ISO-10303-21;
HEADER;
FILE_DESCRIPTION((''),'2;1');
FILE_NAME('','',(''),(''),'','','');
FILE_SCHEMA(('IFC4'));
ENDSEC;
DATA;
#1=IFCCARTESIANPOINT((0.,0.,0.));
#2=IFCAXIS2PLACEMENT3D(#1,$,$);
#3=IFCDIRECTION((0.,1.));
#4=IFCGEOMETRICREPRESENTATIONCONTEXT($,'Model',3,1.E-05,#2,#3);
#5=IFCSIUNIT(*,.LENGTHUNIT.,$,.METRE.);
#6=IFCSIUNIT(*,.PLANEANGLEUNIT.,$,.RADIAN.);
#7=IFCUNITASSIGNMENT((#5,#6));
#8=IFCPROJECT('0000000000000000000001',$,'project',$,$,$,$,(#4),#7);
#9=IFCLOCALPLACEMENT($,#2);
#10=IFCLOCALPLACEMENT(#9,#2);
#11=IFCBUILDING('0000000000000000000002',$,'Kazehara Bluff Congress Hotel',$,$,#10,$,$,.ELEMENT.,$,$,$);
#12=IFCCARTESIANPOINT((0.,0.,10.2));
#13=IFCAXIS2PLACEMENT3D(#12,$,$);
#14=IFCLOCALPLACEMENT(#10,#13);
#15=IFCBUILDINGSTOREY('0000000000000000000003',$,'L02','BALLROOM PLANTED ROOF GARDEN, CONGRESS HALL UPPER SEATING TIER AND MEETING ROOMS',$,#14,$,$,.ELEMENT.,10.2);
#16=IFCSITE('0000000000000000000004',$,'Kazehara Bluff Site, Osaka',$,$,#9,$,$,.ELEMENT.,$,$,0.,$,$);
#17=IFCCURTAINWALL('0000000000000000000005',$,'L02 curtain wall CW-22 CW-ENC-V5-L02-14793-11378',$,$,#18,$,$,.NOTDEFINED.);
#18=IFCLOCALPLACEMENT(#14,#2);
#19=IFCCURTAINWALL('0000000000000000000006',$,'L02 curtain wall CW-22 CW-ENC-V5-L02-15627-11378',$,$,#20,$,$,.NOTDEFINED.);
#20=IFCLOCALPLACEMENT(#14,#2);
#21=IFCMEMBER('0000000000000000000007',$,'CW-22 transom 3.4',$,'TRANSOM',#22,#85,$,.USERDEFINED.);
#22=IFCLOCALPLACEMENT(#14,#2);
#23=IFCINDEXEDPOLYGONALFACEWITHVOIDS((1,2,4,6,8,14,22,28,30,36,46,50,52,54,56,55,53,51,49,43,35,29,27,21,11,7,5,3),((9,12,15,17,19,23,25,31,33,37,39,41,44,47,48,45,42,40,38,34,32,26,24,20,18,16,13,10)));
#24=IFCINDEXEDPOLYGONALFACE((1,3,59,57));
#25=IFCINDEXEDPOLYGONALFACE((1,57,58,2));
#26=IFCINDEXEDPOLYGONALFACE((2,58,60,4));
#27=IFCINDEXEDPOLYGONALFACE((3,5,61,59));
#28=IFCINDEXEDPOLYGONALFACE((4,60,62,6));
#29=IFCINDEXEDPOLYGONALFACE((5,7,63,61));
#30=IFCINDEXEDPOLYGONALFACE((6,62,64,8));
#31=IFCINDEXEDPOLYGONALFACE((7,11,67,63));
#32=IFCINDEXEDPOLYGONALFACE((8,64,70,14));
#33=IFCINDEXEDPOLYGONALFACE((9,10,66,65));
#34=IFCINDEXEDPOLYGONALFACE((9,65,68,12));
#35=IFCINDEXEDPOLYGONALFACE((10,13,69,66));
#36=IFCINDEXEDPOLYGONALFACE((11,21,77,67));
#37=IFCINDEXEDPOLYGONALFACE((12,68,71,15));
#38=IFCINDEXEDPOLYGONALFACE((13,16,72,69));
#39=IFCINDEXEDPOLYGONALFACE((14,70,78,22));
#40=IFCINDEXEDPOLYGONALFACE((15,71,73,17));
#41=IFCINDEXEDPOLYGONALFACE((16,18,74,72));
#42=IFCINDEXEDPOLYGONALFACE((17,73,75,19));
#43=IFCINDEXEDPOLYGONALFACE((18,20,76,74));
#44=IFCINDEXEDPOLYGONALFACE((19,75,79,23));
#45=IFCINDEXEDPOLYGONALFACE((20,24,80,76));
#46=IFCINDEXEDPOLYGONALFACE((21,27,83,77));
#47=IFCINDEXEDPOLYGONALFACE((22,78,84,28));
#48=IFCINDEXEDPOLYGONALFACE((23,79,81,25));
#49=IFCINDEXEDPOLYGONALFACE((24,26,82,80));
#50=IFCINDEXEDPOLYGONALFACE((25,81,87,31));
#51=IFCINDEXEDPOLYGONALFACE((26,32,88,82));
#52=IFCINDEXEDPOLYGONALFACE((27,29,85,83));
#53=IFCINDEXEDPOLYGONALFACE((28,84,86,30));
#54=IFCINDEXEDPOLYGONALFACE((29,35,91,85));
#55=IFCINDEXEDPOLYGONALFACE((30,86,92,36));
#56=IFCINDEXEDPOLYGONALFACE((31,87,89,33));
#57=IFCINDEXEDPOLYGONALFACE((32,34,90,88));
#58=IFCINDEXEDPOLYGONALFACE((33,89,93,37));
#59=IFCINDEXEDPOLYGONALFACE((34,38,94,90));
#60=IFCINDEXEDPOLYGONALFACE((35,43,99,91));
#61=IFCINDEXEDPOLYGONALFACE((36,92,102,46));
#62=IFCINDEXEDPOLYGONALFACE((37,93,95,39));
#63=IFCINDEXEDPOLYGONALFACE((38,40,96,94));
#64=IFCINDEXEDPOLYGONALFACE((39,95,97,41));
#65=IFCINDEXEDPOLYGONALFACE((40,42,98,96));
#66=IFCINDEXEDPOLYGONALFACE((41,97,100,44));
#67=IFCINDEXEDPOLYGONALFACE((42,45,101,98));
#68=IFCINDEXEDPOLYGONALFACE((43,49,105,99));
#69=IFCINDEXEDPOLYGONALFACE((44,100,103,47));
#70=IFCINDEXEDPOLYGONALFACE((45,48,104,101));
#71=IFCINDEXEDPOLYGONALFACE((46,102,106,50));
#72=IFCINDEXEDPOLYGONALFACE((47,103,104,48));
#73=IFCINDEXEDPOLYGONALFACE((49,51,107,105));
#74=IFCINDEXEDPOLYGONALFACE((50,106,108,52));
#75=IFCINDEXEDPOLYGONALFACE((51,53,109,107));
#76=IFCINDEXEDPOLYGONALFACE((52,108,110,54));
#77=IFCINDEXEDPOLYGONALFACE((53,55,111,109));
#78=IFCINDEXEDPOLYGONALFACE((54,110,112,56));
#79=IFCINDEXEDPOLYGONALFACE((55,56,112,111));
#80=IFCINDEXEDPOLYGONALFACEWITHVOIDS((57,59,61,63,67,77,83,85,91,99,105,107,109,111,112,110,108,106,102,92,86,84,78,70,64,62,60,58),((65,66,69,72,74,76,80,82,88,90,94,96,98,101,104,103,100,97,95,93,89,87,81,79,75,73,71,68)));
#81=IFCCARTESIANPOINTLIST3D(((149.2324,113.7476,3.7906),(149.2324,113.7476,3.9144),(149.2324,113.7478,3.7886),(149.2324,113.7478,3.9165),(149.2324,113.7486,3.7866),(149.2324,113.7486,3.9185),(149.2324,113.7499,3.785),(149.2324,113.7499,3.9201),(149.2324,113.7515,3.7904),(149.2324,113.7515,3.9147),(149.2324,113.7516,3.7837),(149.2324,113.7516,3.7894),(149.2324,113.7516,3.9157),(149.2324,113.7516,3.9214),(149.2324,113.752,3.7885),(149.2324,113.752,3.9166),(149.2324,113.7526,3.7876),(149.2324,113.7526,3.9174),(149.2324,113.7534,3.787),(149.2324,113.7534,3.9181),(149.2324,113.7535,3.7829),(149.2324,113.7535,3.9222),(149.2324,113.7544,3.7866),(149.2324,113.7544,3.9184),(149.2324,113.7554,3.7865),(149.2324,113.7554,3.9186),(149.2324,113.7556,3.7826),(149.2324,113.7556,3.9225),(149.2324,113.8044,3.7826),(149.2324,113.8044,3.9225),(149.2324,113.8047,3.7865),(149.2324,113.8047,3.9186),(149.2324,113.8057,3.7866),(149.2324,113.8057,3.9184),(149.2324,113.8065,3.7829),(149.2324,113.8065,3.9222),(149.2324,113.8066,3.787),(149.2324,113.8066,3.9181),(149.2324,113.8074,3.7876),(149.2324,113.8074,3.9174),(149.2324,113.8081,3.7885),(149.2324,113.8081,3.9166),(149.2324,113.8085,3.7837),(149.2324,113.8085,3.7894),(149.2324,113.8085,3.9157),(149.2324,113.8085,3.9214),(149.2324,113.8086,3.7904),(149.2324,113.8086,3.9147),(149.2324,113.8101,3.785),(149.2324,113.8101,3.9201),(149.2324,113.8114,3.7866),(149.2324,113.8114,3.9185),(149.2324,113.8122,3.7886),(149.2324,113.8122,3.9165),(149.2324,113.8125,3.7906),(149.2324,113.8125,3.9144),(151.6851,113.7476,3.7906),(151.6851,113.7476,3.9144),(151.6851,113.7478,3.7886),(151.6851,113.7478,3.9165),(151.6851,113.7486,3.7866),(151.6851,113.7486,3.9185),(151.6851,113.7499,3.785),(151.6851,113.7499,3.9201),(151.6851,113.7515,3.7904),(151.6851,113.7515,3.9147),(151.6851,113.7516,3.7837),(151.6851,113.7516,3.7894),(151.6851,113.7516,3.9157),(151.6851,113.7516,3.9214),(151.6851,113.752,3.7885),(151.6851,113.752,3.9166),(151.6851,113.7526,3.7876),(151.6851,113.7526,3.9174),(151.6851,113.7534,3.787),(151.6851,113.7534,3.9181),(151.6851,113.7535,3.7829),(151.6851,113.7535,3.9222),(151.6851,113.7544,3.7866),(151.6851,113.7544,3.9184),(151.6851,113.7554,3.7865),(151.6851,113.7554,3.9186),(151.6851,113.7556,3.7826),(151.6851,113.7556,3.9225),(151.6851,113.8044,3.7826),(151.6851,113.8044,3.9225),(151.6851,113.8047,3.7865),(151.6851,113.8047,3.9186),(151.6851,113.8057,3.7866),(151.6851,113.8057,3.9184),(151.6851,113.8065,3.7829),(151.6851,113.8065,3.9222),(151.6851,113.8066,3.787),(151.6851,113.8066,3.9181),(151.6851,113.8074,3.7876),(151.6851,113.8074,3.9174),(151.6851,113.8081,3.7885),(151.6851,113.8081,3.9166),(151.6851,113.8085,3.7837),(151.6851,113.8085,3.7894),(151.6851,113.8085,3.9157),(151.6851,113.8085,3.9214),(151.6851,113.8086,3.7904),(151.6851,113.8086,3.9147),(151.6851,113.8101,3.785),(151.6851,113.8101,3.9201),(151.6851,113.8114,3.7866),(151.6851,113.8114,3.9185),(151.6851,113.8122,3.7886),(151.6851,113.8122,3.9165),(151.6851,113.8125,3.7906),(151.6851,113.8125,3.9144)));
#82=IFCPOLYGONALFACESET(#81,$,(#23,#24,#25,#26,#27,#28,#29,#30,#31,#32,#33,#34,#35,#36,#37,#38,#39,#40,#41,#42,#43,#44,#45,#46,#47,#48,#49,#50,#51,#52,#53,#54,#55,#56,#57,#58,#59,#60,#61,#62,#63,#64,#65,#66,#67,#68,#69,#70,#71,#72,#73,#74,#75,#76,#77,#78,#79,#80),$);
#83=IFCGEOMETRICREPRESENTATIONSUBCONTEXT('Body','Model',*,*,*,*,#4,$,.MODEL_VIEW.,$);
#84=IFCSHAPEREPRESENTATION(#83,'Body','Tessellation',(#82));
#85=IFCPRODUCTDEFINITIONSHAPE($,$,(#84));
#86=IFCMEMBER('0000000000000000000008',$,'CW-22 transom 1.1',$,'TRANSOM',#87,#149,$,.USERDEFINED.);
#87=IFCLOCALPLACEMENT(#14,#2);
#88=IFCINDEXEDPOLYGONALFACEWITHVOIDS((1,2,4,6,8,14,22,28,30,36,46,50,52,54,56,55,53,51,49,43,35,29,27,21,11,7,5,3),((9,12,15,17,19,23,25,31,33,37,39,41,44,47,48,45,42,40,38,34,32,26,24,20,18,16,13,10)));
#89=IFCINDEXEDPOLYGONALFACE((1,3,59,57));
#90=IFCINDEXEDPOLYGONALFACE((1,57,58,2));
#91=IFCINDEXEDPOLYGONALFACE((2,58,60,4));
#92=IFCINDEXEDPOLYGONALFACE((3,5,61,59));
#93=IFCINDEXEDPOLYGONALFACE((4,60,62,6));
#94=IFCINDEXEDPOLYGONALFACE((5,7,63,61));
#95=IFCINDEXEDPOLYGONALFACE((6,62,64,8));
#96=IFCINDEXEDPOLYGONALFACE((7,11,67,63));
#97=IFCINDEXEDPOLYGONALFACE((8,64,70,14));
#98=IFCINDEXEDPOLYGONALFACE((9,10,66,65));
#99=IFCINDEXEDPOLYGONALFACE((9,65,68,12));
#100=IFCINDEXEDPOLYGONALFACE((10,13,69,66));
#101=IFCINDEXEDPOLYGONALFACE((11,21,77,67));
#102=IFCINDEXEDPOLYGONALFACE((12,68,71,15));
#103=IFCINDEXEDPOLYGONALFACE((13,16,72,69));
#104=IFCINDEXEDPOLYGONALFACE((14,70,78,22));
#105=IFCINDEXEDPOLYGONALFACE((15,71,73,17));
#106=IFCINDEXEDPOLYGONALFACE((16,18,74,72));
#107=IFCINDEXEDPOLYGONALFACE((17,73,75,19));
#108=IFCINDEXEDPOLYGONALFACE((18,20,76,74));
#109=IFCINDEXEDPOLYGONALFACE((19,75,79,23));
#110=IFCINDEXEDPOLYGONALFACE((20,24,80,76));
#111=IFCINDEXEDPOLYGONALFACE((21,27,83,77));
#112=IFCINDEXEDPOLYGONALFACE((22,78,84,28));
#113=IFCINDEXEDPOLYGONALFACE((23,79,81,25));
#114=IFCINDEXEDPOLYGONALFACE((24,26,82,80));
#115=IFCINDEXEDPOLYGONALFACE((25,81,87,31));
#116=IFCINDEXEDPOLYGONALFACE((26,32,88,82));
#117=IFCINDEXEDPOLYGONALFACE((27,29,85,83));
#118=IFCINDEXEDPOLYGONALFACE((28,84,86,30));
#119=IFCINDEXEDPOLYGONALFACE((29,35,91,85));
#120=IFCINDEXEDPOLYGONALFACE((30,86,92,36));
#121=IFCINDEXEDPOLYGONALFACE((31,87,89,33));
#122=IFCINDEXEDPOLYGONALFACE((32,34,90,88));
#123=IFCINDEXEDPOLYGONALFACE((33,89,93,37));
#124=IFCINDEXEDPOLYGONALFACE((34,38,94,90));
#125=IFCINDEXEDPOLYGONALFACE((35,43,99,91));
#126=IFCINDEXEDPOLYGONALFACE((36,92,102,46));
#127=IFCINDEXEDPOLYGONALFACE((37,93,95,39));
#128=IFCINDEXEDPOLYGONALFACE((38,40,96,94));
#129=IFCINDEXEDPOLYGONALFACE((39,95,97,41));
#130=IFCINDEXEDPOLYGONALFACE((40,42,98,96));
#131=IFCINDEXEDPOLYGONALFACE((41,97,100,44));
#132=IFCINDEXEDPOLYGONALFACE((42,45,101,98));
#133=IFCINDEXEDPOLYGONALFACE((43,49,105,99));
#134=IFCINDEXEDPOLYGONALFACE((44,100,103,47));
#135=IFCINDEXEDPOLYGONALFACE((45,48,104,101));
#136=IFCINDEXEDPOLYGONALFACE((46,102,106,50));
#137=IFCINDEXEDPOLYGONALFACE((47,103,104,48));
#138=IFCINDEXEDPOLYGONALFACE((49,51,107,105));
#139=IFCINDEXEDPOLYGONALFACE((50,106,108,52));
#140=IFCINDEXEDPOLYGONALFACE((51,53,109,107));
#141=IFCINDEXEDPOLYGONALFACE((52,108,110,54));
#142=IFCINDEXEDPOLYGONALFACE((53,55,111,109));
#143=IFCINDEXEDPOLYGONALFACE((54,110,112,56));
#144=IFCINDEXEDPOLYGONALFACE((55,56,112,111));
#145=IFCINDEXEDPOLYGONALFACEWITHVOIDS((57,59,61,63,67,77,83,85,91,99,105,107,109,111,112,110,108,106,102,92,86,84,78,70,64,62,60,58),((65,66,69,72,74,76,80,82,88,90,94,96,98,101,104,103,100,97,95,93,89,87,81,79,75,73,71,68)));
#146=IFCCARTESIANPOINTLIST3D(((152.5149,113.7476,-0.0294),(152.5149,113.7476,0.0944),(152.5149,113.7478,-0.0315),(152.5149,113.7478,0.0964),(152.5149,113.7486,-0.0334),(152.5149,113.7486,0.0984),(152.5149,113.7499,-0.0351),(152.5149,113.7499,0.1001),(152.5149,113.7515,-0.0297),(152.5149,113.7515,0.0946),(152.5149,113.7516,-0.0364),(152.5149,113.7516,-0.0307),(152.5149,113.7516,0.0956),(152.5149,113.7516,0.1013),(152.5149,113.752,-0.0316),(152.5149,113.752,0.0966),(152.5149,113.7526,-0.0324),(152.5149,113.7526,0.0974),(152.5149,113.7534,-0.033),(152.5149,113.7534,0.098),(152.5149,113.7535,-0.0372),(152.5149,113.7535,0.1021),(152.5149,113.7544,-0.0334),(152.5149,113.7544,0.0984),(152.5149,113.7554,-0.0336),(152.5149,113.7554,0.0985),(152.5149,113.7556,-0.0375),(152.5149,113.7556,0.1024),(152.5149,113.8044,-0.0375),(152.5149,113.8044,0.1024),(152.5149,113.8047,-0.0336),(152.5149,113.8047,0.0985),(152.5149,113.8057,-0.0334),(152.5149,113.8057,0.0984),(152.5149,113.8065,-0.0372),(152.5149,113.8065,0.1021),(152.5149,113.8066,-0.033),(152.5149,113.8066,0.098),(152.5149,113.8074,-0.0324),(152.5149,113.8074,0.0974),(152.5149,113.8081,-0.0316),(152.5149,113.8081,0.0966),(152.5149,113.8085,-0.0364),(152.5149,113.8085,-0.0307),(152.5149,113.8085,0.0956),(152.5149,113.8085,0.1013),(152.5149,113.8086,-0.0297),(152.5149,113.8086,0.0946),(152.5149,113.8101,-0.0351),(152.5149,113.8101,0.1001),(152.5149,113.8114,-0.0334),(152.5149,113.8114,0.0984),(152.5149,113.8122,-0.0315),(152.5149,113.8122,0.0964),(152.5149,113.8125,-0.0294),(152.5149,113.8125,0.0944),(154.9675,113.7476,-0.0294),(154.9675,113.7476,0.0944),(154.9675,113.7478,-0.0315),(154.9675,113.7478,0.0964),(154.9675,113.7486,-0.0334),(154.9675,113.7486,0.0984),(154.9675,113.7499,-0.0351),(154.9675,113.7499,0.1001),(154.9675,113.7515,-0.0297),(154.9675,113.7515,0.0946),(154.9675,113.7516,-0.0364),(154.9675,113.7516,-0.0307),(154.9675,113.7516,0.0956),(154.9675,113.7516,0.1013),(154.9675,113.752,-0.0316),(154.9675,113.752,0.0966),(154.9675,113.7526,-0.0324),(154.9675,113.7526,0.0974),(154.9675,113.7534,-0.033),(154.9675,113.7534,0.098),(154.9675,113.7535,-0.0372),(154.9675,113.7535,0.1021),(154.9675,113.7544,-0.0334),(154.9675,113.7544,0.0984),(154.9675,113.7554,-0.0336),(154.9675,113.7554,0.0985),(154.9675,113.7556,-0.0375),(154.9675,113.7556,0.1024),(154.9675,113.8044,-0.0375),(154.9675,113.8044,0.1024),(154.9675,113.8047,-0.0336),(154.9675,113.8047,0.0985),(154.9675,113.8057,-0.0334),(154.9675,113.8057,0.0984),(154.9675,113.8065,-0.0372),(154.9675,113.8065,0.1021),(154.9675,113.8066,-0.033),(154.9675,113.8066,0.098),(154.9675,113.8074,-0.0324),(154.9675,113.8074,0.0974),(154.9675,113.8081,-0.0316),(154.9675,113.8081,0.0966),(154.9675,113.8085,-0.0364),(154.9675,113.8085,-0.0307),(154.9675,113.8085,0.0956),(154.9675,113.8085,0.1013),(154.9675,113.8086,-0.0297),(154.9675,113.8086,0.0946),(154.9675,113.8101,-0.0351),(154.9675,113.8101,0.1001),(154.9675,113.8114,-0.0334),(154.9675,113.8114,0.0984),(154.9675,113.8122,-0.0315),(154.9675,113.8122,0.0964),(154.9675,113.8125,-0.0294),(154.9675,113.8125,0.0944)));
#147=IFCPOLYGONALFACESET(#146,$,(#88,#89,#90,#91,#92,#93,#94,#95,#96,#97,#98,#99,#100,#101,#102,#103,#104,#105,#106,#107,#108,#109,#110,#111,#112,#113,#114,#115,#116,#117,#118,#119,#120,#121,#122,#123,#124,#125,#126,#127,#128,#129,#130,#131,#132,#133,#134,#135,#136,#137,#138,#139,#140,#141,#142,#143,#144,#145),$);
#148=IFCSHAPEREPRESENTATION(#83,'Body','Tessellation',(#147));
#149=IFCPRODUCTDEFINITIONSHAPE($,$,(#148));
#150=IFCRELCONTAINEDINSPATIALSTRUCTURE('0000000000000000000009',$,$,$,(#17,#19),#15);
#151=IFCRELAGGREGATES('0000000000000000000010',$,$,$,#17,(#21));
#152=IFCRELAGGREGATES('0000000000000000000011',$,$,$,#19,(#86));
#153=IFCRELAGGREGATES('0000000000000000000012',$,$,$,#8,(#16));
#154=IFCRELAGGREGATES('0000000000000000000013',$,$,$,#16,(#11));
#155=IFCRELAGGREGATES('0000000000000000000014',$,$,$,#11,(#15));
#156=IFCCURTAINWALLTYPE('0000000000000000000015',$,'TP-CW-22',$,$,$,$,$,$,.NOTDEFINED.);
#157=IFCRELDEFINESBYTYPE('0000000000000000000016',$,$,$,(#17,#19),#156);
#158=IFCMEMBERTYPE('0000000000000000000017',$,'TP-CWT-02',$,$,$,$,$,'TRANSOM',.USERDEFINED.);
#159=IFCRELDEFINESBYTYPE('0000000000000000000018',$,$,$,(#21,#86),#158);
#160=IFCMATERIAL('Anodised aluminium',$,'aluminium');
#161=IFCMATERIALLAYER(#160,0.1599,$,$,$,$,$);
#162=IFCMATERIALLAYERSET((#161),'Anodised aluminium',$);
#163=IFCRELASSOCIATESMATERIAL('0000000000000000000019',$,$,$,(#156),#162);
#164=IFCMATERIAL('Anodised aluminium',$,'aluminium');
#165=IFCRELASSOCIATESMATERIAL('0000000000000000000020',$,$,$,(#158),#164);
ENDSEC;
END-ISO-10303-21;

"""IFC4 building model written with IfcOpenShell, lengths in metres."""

from ifc_helpers import new_model, si_unit, direction, frame, origin, origin_2d, place, context, subcontext, project, spatial, hollow_rectangle, extrude, material, layer, layer_set, material_profile, profile_set, type_object, element, aggregate, save


model = new_model("IFC4")

# Units and contexts
model_context = context("Model", 3, precision=1e-05, world=origin(), true_north=direction((0.0, 1.0)))
body_context = subcontext(model_context, "Body", "Model", "MODEL_VIEW")
ifc_project = project(units=[si_unit("LENGTHUNIT", "METRE"), si_unit("PLANEANGLEUNIT", "RADIAN")], contexts=[model_context])

# Site, building, storey
site_placement = place(None, origin())
site = spatial("IfcSite", under=ifc_project, at=site_placement, Name="Kazehara Bluff Site, Osaka", CompositionType="ELEMENT", RefElevation=0.0)
building_placement = place(site_placement, origin())
building = spatial("IfcBuilding", under=site, at=building_placement, Name="Kazehara Bluff Congress Hotel", CompositionType="ELEMENT")
storey_placement = place(building_placement, frame((0.0, 0.0, 10.2)))
storey = spatial("IfcBuildingStorey", under=building, at=storey_placement, Name="L02", Description="BALLROOM PLANTED ROOF GARDEN, CONGRESS HALL UPPER SEATING TIER AND MEETING ROOMS", CompositionType="ELEMENT", Elevation=10.2)

# Curtain walls
ifc_material_1 = material(Name="Anodised aluminium", Category="aluminium")
ifc_layer_1 = layer(ifc_material_1, 0.1599)
ifc_layer_set_1 = layer_set([ifc_layer_1], Name="Anodised aluminium")
curtain_wall_type = type_object("IfcCurtainWallType", Name="TP-CW-22", PredefinedType="NOTDEFINED", material=ifc_layer_set_1)
curtain_wall_1_placement = place(storey_placement, origin())
curtain_wall_1 = element("IfcCurtainWall", 1, at=curtain_wall_1_placement, inside=storey, type_object=curtain_wall_type, Name="L02 curtain wall CW-22 CW-ENC-V5-L02-14793-11378", PredefinedType="NOTDEFINED")
curtain_wall_2_placement = place(storey_placement, origin())
curtain_wall_2 = element("IfcCurtainWall", 2, at=curtain_wall_2_placement, inside=storey, type_object=curtain_wall_type, Name="L02 curtain wall CW-22 CW-ENC-V5-L02-15627-11378", PredefinedType="NOTDEFINED")

# Members
ifc_material_2 = material(Name="Anodised aluminium", Category="aluminium")
ifc_material_profile_1 = material_profile(ifc_material_2, hollow_rectangle(XDim=0.0649, YDim=0.1399, WallThickness=0.0039, InnerFilletRadius=0.0039, OuterFilletRadius=0.0081, at=origin_2d()))
ifc_profile_set_1 = profile_set([ifc_material_profile_1], Name="Anodised aluminium")
member_type_1 = type_object("IfcMemberType", Name="TP-CWT-02", ElementType="TRANSOM", PredefinedType="USERDEFINED", material=ifc_profile_set_1)
member_1_placement = place(storey_placement, frame((149.2324, 113.78, 3.8525), z_axis=(1.0, 0.0, 0.0), x_axis=(0.0, 1.0, 0.0)))
member_1 = element("IfcMember", 3, at=member_1_placement, type_object=member_type_1, Name="CW-22 transom 3.4", ObjectType="TRANSOM", PredefinedType="USERDEFINED", context=body_context, shape_type="SweptSolid", body=[
    extrude(hollow_rectangle(XDim=0.0649, YDim=0.1399, WallThickness=0.0039, InnerFilletRadius=0.0039, OuterFilletRadius=0.0081, at=origin_2d()), origin(), (0.0, 0.0, 1.0), 2.4526),
])
member_2_placement = place(storey_placement, frame((152.5149, 113.78, 0.0325), z_axis=(1.0, 0.0, 0.0), x_axis=(0.0, 1.0, 0.0)))
member_2 = element("IfcMember", 4, at=member_2_placement, type_object=member_type_1, Name="CW-22 transom 1.1", ObjectType="TRANSOM", PredefinedType="USERDEFINED", context=body_context, shape_type="SweptSolid", body=[
    extrude(hollow_rectangle(XDim=0.0649, YDim=0.1399, WallThickness=0.0039, InnerFilletRadius=0.0039, OuterFilletRadius=0.0081, at=origin_2d()), origin(), (0.0, 0.0, 1.0), 2.4526),
])

aggregate(curtain_wall_1, [member_1])
aggregate(curtain_wall_2, [member_2])

save(model, "model.ifc")
